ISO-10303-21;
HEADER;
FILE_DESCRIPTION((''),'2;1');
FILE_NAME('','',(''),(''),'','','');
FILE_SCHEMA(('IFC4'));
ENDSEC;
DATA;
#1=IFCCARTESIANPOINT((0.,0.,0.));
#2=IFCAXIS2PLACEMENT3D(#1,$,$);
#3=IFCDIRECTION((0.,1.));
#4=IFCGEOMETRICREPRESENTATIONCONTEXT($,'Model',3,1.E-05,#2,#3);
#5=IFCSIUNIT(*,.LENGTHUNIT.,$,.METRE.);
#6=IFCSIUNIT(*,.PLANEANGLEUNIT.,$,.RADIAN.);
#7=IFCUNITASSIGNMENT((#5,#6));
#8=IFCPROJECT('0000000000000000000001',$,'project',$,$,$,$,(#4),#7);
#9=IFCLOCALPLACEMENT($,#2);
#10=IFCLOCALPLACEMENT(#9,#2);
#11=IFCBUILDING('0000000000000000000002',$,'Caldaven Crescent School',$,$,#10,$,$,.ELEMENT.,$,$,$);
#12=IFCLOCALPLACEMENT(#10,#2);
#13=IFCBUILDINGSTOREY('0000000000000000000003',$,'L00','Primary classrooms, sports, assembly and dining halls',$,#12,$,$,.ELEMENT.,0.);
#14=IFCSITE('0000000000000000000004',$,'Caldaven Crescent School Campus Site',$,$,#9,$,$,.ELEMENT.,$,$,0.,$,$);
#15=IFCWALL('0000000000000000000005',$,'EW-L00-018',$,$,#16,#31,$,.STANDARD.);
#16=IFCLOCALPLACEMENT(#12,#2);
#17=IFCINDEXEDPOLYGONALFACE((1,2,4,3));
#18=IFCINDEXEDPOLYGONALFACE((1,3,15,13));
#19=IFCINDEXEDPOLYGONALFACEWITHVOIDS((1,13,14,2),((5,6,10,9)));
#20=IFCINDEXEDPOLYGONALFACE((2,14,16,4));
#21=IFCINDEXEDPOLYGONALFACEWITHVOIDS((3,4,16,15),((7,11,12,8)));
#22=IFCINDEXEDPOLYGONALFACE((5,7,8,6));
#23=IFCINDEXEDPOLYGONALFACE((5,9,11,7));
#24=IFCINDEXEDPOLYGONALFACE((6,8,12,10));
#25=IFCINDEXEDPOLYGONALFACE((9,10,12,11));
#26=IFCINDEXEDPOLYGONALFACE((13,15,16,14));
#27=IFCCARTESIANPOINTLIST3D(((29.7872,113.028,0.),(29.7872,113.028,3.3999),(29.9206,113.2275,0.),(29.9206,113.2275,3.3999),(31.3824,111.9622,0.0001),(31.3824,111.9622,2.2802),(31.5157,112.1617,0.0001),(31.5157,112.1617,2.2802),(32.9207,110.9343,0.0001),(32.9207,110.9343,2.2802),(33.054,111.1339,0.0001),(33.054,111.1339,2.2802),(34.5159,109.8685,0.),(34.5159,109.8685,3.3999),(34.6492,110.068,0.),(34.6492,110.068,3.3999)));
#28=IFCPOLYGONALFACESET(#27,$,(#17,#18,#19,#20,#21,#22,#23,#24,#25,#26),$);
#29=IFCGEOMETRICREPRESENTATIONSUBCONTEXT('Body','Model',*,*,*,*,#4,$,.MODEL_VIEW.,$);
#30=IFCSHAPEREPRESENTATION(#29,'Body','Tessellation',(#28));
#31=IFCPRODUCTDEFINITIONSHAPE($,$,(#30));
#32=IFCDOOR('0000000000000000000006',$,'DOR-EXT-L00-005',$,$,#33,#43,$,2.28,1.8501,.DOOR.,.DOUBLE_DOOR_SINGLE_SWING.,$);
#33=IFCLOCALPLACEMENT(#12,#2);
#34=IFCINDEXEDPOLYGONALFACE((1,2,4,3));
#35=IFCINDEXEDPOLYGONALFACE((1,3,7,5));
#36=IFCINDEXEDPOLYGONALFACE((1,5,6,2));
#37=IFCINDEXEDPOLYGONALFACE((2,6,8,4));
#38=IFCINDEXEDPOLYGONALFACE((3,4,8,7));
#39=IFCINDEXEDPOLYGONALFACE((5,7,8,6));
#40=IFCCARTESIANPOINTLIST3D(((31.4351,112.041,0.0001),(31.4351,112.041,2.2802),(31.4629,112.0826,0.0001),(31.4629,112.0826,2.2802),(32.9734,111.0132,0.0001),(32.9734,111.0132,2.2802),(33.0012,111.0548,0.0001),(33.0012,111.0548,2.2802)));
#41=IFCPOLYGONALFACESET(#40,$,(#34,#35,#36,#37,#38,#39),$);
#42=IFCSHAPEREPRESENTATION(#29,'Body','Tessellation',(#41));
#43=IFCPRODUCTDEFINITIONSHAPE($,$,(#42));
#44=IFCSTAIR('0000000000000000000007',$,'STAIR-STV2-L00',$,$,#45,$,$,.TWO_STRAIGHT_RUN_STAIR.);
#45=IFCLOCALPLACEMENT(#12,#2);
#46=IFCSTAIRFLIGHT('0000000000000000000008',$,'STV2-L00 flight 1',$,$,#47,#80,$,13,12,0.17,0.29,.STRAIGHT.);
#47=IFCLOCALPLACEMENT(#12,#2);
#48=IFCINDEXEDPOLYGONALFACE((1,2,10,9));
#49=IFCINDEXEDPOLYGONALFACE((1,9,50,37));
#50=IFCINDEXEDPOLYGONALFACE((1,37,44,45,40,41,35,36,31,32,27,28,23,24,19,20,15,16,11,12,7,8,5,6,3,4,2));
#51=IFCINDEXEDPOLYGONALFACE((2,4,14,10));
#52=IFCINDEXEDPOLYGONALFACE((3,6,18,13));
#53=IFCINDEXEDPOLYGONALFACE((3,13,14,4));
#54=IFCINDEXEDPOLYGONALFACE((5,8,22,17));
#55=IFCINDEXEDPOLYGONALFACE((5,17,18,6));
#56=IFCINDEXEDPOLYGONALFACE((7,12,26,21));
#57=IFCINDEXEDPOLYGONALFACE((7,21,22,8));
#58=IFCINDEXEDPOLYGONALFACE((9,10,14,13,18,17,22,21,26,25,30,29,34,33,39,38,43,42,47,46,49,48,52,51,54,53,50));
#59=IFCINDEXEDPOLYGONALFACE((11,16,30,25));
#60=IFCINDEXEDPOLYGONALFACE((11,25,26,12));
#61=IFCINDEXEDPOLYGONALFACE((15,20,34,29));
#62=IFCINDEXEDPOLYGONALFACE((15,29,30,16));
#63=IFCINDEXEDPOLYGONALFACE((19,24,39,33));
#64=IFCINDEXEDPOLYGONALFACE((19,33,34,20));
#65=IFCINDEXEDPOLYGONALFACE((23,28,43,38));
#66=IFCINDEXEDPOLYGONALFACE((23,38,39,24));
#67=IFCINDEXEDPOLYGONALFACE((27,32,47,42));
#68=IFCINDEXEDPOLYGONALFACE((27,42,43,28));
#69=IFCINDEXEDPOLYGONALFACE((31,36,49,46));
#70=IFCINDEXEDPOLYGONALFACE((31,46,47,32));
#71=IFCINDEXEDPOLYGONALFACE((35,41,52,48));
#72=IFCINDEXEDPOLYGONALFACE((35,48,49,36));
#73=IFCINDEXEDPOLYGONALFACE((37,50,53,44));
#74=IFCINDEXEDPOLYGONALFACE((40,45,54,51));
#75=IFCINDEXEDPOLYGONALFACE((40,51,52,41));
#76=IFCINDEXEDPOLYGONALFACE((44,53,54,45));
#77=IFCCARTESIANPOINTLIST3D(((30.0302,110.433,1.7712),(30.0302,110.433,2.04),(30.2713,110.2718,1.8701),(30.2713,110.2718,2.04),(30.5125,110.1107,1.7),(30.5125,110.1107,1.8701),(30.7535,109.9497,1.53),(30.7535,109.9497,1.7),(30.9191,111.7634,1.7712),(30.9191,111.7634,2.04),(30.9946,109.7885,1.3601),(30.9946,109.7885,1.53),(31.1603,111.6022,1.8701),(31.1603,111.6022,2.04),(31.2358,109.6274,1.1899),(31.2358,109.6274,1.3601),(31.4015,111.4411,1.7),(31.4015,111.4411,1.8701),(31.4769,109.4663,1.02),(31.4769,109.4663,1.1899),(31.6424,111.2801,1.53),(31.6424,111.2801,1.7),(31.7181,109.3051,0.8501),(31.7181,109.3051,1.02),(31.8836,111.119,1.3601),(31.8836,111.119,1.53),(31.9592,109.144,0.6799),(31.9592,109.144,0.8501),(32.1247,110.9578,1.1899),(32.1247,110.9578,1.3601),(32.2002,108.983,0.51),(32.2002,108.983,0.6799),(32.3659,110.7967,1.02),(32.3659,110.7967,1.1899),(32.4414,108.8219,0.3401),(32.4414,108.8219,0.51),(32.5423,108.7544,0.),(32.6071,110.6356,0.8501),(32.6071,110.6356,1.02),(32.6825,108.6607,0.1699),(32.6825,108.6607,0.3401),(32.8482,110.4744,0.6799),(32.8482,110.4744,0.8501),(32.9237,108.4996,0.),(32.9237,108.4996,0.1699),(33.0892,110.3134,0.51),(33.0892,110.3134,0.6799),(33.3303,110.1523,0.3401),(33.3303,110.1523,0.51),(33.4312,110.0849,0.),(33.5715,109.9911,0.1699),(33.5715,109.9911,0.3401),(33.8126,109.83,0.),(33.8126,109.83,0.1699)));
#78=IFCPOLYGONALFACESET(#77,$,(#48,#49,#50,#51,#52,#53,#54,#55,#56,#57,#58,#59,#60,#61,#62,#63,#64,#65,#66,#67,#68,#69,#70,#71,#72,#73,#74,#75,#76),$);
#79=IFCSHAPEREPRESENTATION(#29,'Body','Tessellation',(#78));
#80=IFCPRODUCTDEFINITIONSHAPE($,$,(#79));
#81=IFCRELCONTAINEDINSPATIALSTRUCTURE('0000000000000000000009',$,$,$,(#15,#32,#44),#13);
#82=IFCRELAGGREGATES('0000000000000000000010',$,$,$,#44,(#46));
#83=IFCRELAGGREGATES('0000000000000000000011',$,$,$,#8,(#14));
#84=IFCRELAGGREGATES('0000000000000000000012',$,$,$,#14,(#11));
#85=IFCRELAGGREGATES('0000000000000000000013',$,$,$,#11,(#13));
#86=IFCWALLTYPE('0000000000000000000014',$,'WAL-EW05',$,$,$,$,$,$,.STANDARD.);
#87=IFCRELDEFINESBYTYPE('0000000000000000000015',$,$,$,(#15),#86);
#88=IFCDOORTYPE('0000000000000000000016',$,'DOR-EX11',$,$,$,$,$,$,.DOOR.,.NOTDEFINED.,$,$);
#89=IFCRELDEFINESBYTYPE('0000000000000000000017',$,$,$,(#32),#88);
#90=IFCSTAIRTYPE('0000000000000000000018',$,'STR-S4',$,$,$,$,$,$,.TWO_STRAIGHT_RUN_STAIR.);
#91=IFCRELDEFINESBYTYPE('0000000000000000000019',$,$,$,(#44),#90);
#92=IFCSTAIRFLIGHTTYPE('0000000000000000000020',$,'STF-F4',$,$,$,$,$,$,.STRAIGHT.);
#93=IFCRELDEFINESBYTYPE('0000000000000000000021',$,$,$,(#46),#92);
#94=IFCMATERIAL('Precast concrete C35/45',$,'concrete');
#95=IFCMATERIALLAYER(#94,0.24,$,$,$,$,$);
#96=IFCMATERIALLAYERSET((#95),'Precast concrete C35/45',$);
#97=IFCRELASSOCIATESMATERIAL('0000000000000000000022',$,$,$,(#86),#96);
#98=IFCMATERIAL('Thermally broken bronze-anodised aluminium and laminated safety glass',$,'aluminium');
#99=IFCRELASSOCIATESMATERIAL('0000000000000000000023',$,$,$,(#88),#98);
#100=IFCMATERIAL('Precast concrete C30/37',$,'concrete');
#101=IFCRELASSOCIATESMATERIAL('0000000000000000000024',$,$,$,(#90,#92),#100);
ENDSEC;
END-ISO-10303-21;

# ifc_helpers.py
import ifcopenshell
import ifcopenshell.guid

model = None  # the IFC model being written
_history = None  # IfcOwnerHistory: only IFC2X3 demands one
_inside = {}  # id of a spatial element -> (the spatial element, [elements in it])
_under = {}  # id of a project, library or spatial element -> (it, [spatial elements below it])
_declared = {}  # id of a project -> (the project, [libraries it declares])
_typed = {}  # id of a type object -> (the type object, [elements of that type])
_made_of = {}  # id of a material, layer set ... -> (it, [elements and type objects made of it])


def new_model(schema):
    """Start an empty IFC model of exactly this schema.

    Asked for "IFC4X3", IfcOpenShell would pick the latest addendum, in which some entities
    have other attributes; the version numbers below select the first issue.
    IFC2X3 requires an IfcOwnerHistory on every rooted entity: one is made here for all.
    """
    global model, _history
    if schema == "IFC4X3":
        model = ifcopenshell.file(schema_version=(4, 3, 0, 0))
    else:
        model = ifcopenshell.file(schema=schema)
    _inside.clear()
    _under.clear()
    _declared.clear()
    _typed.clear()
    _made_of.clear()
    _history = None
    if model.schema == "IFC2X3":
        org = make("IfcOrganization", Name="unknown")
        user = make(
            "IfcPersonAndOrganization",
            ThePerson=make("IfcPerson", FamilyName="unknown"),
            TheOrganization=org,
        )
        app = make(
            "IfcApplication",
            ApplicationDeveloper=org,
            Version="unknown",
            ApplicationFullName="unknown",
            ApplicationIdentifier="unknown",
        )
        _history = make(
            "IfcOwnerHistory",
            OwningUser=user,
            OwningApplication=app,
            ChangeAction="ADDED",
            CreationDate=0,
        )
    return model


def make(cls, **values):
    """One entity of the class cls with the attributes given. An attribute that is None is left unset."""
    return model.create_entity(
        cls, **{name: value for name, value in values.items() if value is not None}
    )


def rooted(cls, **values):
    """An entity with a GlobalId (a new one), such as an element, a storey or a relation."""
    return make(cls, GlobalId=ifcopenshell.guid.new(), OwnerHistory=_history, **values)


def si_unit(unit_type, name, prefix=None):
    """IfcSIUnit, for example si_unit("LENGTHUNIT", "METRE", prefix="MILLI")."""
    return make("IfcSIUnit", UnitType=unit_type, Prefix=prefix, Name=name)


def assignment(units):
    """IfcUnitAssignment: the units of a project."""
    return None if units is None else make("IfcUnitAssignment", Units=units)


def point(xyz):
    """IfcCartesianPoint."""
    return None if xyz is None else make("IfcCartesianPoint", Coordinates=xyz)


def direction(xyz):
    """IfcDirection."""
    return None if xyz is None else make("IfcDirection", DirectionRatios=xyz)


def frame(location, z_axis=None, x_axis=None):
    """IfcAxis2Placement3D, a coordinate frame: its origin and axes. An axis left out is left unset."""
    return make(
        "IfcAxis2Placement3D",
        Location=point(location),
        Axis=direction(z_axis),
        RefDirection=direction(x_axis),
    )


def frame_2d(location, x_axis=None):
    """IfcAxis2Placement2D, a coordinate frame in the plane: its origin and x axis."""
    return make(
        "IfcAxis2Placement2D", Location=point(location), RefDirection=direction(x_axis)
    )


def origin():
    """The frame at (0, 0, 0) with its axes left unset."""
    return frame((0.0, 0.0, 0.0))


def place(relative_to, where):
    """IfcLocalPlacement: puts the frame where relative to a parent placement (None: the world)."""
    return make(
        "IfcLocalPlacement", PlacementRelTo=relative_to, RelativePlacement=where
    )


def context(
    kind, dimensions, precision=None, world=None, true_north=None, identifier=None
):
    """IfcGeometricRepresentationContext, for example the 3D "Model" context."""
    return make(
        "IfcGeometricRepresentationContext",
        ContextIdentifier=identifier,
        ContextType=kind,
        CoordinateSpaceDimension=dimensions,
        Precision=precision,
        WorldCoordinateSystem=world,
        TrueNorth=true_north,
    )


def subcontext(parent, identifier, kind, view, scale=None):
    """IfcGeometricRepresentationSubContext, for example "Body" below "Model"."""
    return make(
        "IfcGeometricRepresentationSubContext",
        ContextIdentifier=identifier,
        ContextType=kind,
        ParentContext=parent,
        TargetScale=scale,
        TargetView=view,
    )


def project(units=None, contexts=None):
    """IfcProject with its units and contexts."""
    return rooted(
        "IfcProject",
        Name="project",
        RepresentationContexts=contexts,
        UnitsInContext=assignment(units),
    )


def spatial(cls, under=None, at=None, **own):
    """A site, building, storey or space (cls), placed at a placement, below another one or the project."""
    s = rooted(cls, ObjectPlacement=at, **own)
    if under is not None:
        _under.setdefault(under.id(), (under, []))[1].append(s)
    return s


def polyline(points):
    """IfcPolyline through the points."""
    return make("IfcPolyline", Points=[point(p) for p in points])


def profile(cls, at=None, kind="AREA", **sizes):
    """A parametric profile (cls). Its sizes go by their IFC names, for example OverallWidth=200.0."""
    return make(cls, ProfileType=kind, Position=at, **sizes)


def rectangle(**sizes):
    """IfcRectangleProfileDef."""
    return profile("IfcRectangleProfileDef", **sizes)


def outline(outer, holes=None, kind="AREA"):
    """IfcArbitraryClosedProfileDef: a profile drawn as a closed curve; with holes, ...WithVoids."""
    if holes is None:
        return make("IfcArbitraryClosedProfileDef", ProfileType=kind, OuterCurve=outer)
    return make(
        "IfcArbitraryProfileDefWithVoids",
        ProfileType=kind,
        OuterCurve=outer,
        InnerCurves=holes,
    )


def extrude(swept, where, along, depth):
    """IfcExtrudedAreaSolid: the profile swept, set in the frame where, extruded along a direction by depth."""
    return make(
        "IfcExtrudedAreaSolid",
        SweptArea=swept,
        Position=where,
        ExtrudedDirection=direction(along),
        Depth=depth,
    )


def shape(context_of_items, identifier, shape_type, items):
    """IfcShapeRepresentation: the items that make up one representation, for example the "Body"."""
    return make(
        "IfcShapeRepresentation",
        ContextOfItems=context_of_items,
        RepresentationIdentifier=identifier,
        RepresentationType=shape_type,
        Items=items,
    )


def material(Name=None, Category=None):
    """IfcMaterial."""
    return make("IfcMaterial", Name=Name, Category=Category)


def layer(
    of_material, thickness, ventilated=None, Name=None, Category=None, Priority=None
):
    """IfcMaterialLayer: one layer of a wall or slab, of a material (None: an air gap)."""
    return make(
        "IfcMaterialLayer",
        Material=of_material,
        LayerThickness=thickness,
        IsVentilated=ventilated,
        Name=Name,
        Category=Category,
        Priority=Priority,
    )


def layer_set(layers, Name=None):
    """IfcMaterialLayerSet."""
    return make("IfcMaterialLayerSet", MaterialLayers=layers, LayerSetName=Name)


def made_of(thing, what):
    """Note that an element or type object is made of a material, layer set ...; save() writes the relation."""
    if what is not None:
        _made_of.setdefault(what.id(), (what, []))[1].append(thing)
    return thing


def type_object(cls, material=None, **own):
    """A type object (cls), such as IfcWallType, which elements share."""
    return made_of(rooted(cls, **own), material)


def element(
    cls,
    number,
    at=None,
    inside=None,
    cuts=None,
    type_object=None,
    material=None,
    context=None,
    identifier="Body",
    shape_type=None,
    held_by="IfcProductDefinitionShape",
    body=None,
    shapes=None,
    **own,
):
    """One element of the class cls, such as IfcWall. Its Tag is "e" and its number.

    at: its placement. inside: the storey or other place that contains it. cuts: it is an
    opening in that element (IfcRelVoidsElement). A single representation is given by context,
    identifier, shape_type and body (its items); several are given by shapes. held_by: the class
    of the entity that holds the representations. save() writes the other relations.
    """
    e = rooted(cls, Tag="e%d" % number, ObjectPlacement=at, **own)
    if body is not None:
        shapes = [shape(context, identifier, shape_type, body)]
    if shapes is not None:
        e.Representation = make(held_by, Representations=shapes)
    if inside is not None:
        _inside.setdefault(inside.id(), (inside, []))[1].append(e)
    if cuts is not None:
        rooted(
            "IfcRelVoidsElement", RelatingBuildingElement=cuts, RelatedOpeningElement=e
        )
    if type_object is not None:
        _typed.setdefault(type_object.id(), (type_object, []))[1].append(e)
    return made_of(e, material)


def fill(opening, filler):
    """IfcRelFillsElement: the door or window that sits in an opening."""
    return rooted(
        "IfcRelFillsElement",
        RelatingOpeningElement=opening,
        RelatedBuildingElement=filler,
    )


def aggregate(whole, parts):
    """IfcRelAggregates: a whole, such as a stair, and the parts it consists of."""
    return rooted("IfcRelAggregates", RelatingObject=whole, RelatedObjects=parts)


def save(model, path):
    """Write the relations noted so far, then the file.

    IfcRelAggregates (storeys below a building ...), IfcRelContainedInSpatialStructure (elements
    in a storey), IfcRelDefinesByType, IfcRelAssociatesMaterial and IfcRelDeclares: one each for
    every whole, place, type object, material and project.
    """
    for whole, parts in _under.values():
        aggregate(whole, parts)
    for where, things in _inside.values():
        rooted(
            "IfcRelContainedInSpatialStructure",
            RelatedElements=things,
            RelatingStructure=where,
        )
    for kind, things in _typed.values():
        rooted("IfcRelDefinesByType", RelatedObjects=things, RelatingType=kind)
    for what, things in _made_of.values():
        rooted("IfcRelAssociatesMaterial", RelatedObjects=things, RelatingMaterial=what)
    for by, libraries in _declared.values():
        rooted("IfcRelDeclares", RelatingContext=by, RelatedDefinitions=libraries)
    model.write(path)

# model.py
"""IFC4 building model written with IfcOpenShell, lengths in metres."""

from ifc_helpers import new_model, si_unit, direction, frame, frame_2d, origin, place, context, subcontext, project, spatial, polyline, rectangle, outline, extrude, material, layer, layer_set, type_object, element, fill, aggregate, save


model = new_model("IFC4")

# Units and contexts
model_context = context("Model", 3, precision=1e-05, world=origin(), true_north=direction((0.0, 1.0)))
body_context = subcontext(model_context, "Body", "Model", "MODEL_VIEW")
ifc_project = project(units=[si_unit("LENGTHUNIT", "METRE"), si_unit("PLANEANGLEUNIT", "RADIAN")], contexts=[model_context])

# Site, building, storey
site_placement = place(None, origin())
site = spatial("IfcSite", under=ifc_project, at=site_placement, Name="Caldaven Crescent School Campus Site", CompositionType="ELEMENT", RefElevation=0.0)
building_placement = place(site_placement, origin())
building = spatial("IfcBuilding", under=site, at=building_placement, Name="Caldaven Crescent School", CompositionType="ELEMENT")
storey_placement = place(building_placement, origin())
storey = spatial("IfcBuildingStorey", under=building, at=storey_placement, Name="L00", Description="Primary classrooms, sports, assembly and dining halls", CompositionType="ELEMENT", Elevation=0.0)

# Wall, opening, door
ifc_material_1 = material(Name="Precast concrete C35/45", Category="concrete")
ifc_layer_1 = layer(ifc_material_1, 0.24)
ifc_layer_set_1 = layer_set([ifc_layer_1], Name="Precast concrete C35/45")
wall_type_1 = type_object("IfcWallType", Name="WAL-EW05", PredefinedType="STANDARD", material=ifc_layer_set_1)
wall_1_placement = place(storey_placement, frame((34.5825, 109.9683, 0.0), z_axis=(0.0, 0.0, 1.0), x_axis=(-0.831475, 0.555562, 0.0)))
wall_1 = element("IfcWall", 1, at=wall_1_placement, inside=storey, type_object=wall_type_1, Name="EW-L00-018", PredefinedType="STANDARD", context=body_context, shape_type="SweptSolid", body=[
    extrude(rectangle(XDim=5.687, YDim=0.24, at=frame_2d((2.8435, 0.0))), origin(), (0.0, 0.0, 1.0), 3.3999),
])
opening_1_placement = place(wall_1_placement, frame((1.9185, 0.0, 0.0)))
opening_1 = element("IfcOpeningElement", 2, at=opening_1_placement, cuts=wall_1, PredefinedType="OPENING", context=body_context, shape_type="SweptSolid", body=[
    extrude(rectangle(XDim=1.8501, YDim=2.28, at=frame_2d((0.925, 1.1401))), frame((0.0, 0.1299, 0.0), z_axis=(0.0, -1.0, 0.0), x_axis=(1.0, 0.0, 0.0)), (0.0, 0.0, 1.0), 0.26),
])
ifc_material_2 = material(Name="Thermally broken bronze-anodised aluminium and laminated safety glass", Category="aluminium")
door_type_1 = type_object("IfcDoorType", Name="DOR-EX11", OperationType="NOTDEFINED", PredefinedType="DOOR", material=ifc_material_2)
door_1_placement = place(opening_1_placement, frame((1.8501, 0.0, 0.0), z_axis=(0.0, 0.0, 1.0), x_axis=(-1.0, 0.0, 0.0)))
door_1 = element("IfcDoor", 3, at=door_1_placement, inside=storey, type_object=door_type_1, Name="DOR-EXT-L00-005", OperationType="DOUBLE_DOOR_SINGLE_SWING", OverallHeight=2.28, OverallWidth=1.8501, PredefinedType="DOOR", context=body_context, shape_type="SweptSolid", body=[
    extrude(rectangle(XDim=1.8501, YDim=2.28, at=frame_2d((0.925, 1.1401))), frame((0.0, 0.0249, 0.0), z_axis=(0.0, -1.0, 0.0), x_axis=(1.0, 0.0, 0.0)), (0.0, 0.0, 1.0), 0.05),
])
fill(opening_1, door_1)

# Stair, stair flight
ifc_material_3 = material(Name="Precast concrete C30/37", Category="concrete")
stair_type = type_object("IfcStairType", Name="STR-S4", PredefinedType="TWO_STRAIGHT_RUN_STAIR", material=ifc_material_3)
stair_placement = place(storey_placement, origin())
stair = element("IfcStair", 4, at=stair_placement, inside=storey, type_object=stair_type, Name="STAIR-STV2-L00", PredefinedType="TWO_STRAIGHT_RUN_STAIR")
stair_flight_type = type_object("IfcStairFlightType", Name="STF-F4", PredefinedType="STRAIGHT", material=ifc_material_3)
stair_flight_placement = place(storey_placement, frame((33.3682, 109.1648, 0.0), z_axis=(0.0, 0.0, 1.0), x_axis=(-0.83147, 0.55557, 0.0)))
stair_flight = element("IfcStairFlight", 5, at=stair_flight_placement, type_object=stair_flight_type, Name="STV2-L00 flight 1", NumberOfRisers=13, NumberOfTreads=12, PredefinedType="STRAIGHT", RiserHeight=0.17, TreadLength=0.29, context=body_context, shape_type="SweptSolid", body=[
    extrude(outline(polyline([(0.0, 0.0), (0.0, 0.1699), (0.29, 0.1699), (0.29, 0.3401), (0.5801, 0.3401), (0.5801, 0.51), (0.8701, 0.51), (0.8701, 0.6799), (1.1599, 0.6799), (1.1599, 0.8501), (1.45, 0.8501), (1.45, 1.02), (1.74, 1.02), (1.74, 1.1899), (2.03, 1.1899), (2.03, 1.3601), (2.3201, 1.3601), (2.3201, 1.53), (2.6101, 1.53), (2.6101, 1.7), (2.8999, 1.7), (2.8999, 1.8701), (3.1899, 1.8701), (3.1899, 2.04), (3.48, 2.04), (3.48, 2.21), (3.48, 1.7712), (0.4587, 0.0), (0.0, 0.0)])), frame((0.0, 0.8, 0.0), z_axis=(0.0, -1.0, 0.0), x_axis=(1.0, 0.0, 0.0)), (0.0, 0.0, 1.0), 1.6001),
])
aggregate(stair, [stair_flight])

save(model, "model.ifc")
